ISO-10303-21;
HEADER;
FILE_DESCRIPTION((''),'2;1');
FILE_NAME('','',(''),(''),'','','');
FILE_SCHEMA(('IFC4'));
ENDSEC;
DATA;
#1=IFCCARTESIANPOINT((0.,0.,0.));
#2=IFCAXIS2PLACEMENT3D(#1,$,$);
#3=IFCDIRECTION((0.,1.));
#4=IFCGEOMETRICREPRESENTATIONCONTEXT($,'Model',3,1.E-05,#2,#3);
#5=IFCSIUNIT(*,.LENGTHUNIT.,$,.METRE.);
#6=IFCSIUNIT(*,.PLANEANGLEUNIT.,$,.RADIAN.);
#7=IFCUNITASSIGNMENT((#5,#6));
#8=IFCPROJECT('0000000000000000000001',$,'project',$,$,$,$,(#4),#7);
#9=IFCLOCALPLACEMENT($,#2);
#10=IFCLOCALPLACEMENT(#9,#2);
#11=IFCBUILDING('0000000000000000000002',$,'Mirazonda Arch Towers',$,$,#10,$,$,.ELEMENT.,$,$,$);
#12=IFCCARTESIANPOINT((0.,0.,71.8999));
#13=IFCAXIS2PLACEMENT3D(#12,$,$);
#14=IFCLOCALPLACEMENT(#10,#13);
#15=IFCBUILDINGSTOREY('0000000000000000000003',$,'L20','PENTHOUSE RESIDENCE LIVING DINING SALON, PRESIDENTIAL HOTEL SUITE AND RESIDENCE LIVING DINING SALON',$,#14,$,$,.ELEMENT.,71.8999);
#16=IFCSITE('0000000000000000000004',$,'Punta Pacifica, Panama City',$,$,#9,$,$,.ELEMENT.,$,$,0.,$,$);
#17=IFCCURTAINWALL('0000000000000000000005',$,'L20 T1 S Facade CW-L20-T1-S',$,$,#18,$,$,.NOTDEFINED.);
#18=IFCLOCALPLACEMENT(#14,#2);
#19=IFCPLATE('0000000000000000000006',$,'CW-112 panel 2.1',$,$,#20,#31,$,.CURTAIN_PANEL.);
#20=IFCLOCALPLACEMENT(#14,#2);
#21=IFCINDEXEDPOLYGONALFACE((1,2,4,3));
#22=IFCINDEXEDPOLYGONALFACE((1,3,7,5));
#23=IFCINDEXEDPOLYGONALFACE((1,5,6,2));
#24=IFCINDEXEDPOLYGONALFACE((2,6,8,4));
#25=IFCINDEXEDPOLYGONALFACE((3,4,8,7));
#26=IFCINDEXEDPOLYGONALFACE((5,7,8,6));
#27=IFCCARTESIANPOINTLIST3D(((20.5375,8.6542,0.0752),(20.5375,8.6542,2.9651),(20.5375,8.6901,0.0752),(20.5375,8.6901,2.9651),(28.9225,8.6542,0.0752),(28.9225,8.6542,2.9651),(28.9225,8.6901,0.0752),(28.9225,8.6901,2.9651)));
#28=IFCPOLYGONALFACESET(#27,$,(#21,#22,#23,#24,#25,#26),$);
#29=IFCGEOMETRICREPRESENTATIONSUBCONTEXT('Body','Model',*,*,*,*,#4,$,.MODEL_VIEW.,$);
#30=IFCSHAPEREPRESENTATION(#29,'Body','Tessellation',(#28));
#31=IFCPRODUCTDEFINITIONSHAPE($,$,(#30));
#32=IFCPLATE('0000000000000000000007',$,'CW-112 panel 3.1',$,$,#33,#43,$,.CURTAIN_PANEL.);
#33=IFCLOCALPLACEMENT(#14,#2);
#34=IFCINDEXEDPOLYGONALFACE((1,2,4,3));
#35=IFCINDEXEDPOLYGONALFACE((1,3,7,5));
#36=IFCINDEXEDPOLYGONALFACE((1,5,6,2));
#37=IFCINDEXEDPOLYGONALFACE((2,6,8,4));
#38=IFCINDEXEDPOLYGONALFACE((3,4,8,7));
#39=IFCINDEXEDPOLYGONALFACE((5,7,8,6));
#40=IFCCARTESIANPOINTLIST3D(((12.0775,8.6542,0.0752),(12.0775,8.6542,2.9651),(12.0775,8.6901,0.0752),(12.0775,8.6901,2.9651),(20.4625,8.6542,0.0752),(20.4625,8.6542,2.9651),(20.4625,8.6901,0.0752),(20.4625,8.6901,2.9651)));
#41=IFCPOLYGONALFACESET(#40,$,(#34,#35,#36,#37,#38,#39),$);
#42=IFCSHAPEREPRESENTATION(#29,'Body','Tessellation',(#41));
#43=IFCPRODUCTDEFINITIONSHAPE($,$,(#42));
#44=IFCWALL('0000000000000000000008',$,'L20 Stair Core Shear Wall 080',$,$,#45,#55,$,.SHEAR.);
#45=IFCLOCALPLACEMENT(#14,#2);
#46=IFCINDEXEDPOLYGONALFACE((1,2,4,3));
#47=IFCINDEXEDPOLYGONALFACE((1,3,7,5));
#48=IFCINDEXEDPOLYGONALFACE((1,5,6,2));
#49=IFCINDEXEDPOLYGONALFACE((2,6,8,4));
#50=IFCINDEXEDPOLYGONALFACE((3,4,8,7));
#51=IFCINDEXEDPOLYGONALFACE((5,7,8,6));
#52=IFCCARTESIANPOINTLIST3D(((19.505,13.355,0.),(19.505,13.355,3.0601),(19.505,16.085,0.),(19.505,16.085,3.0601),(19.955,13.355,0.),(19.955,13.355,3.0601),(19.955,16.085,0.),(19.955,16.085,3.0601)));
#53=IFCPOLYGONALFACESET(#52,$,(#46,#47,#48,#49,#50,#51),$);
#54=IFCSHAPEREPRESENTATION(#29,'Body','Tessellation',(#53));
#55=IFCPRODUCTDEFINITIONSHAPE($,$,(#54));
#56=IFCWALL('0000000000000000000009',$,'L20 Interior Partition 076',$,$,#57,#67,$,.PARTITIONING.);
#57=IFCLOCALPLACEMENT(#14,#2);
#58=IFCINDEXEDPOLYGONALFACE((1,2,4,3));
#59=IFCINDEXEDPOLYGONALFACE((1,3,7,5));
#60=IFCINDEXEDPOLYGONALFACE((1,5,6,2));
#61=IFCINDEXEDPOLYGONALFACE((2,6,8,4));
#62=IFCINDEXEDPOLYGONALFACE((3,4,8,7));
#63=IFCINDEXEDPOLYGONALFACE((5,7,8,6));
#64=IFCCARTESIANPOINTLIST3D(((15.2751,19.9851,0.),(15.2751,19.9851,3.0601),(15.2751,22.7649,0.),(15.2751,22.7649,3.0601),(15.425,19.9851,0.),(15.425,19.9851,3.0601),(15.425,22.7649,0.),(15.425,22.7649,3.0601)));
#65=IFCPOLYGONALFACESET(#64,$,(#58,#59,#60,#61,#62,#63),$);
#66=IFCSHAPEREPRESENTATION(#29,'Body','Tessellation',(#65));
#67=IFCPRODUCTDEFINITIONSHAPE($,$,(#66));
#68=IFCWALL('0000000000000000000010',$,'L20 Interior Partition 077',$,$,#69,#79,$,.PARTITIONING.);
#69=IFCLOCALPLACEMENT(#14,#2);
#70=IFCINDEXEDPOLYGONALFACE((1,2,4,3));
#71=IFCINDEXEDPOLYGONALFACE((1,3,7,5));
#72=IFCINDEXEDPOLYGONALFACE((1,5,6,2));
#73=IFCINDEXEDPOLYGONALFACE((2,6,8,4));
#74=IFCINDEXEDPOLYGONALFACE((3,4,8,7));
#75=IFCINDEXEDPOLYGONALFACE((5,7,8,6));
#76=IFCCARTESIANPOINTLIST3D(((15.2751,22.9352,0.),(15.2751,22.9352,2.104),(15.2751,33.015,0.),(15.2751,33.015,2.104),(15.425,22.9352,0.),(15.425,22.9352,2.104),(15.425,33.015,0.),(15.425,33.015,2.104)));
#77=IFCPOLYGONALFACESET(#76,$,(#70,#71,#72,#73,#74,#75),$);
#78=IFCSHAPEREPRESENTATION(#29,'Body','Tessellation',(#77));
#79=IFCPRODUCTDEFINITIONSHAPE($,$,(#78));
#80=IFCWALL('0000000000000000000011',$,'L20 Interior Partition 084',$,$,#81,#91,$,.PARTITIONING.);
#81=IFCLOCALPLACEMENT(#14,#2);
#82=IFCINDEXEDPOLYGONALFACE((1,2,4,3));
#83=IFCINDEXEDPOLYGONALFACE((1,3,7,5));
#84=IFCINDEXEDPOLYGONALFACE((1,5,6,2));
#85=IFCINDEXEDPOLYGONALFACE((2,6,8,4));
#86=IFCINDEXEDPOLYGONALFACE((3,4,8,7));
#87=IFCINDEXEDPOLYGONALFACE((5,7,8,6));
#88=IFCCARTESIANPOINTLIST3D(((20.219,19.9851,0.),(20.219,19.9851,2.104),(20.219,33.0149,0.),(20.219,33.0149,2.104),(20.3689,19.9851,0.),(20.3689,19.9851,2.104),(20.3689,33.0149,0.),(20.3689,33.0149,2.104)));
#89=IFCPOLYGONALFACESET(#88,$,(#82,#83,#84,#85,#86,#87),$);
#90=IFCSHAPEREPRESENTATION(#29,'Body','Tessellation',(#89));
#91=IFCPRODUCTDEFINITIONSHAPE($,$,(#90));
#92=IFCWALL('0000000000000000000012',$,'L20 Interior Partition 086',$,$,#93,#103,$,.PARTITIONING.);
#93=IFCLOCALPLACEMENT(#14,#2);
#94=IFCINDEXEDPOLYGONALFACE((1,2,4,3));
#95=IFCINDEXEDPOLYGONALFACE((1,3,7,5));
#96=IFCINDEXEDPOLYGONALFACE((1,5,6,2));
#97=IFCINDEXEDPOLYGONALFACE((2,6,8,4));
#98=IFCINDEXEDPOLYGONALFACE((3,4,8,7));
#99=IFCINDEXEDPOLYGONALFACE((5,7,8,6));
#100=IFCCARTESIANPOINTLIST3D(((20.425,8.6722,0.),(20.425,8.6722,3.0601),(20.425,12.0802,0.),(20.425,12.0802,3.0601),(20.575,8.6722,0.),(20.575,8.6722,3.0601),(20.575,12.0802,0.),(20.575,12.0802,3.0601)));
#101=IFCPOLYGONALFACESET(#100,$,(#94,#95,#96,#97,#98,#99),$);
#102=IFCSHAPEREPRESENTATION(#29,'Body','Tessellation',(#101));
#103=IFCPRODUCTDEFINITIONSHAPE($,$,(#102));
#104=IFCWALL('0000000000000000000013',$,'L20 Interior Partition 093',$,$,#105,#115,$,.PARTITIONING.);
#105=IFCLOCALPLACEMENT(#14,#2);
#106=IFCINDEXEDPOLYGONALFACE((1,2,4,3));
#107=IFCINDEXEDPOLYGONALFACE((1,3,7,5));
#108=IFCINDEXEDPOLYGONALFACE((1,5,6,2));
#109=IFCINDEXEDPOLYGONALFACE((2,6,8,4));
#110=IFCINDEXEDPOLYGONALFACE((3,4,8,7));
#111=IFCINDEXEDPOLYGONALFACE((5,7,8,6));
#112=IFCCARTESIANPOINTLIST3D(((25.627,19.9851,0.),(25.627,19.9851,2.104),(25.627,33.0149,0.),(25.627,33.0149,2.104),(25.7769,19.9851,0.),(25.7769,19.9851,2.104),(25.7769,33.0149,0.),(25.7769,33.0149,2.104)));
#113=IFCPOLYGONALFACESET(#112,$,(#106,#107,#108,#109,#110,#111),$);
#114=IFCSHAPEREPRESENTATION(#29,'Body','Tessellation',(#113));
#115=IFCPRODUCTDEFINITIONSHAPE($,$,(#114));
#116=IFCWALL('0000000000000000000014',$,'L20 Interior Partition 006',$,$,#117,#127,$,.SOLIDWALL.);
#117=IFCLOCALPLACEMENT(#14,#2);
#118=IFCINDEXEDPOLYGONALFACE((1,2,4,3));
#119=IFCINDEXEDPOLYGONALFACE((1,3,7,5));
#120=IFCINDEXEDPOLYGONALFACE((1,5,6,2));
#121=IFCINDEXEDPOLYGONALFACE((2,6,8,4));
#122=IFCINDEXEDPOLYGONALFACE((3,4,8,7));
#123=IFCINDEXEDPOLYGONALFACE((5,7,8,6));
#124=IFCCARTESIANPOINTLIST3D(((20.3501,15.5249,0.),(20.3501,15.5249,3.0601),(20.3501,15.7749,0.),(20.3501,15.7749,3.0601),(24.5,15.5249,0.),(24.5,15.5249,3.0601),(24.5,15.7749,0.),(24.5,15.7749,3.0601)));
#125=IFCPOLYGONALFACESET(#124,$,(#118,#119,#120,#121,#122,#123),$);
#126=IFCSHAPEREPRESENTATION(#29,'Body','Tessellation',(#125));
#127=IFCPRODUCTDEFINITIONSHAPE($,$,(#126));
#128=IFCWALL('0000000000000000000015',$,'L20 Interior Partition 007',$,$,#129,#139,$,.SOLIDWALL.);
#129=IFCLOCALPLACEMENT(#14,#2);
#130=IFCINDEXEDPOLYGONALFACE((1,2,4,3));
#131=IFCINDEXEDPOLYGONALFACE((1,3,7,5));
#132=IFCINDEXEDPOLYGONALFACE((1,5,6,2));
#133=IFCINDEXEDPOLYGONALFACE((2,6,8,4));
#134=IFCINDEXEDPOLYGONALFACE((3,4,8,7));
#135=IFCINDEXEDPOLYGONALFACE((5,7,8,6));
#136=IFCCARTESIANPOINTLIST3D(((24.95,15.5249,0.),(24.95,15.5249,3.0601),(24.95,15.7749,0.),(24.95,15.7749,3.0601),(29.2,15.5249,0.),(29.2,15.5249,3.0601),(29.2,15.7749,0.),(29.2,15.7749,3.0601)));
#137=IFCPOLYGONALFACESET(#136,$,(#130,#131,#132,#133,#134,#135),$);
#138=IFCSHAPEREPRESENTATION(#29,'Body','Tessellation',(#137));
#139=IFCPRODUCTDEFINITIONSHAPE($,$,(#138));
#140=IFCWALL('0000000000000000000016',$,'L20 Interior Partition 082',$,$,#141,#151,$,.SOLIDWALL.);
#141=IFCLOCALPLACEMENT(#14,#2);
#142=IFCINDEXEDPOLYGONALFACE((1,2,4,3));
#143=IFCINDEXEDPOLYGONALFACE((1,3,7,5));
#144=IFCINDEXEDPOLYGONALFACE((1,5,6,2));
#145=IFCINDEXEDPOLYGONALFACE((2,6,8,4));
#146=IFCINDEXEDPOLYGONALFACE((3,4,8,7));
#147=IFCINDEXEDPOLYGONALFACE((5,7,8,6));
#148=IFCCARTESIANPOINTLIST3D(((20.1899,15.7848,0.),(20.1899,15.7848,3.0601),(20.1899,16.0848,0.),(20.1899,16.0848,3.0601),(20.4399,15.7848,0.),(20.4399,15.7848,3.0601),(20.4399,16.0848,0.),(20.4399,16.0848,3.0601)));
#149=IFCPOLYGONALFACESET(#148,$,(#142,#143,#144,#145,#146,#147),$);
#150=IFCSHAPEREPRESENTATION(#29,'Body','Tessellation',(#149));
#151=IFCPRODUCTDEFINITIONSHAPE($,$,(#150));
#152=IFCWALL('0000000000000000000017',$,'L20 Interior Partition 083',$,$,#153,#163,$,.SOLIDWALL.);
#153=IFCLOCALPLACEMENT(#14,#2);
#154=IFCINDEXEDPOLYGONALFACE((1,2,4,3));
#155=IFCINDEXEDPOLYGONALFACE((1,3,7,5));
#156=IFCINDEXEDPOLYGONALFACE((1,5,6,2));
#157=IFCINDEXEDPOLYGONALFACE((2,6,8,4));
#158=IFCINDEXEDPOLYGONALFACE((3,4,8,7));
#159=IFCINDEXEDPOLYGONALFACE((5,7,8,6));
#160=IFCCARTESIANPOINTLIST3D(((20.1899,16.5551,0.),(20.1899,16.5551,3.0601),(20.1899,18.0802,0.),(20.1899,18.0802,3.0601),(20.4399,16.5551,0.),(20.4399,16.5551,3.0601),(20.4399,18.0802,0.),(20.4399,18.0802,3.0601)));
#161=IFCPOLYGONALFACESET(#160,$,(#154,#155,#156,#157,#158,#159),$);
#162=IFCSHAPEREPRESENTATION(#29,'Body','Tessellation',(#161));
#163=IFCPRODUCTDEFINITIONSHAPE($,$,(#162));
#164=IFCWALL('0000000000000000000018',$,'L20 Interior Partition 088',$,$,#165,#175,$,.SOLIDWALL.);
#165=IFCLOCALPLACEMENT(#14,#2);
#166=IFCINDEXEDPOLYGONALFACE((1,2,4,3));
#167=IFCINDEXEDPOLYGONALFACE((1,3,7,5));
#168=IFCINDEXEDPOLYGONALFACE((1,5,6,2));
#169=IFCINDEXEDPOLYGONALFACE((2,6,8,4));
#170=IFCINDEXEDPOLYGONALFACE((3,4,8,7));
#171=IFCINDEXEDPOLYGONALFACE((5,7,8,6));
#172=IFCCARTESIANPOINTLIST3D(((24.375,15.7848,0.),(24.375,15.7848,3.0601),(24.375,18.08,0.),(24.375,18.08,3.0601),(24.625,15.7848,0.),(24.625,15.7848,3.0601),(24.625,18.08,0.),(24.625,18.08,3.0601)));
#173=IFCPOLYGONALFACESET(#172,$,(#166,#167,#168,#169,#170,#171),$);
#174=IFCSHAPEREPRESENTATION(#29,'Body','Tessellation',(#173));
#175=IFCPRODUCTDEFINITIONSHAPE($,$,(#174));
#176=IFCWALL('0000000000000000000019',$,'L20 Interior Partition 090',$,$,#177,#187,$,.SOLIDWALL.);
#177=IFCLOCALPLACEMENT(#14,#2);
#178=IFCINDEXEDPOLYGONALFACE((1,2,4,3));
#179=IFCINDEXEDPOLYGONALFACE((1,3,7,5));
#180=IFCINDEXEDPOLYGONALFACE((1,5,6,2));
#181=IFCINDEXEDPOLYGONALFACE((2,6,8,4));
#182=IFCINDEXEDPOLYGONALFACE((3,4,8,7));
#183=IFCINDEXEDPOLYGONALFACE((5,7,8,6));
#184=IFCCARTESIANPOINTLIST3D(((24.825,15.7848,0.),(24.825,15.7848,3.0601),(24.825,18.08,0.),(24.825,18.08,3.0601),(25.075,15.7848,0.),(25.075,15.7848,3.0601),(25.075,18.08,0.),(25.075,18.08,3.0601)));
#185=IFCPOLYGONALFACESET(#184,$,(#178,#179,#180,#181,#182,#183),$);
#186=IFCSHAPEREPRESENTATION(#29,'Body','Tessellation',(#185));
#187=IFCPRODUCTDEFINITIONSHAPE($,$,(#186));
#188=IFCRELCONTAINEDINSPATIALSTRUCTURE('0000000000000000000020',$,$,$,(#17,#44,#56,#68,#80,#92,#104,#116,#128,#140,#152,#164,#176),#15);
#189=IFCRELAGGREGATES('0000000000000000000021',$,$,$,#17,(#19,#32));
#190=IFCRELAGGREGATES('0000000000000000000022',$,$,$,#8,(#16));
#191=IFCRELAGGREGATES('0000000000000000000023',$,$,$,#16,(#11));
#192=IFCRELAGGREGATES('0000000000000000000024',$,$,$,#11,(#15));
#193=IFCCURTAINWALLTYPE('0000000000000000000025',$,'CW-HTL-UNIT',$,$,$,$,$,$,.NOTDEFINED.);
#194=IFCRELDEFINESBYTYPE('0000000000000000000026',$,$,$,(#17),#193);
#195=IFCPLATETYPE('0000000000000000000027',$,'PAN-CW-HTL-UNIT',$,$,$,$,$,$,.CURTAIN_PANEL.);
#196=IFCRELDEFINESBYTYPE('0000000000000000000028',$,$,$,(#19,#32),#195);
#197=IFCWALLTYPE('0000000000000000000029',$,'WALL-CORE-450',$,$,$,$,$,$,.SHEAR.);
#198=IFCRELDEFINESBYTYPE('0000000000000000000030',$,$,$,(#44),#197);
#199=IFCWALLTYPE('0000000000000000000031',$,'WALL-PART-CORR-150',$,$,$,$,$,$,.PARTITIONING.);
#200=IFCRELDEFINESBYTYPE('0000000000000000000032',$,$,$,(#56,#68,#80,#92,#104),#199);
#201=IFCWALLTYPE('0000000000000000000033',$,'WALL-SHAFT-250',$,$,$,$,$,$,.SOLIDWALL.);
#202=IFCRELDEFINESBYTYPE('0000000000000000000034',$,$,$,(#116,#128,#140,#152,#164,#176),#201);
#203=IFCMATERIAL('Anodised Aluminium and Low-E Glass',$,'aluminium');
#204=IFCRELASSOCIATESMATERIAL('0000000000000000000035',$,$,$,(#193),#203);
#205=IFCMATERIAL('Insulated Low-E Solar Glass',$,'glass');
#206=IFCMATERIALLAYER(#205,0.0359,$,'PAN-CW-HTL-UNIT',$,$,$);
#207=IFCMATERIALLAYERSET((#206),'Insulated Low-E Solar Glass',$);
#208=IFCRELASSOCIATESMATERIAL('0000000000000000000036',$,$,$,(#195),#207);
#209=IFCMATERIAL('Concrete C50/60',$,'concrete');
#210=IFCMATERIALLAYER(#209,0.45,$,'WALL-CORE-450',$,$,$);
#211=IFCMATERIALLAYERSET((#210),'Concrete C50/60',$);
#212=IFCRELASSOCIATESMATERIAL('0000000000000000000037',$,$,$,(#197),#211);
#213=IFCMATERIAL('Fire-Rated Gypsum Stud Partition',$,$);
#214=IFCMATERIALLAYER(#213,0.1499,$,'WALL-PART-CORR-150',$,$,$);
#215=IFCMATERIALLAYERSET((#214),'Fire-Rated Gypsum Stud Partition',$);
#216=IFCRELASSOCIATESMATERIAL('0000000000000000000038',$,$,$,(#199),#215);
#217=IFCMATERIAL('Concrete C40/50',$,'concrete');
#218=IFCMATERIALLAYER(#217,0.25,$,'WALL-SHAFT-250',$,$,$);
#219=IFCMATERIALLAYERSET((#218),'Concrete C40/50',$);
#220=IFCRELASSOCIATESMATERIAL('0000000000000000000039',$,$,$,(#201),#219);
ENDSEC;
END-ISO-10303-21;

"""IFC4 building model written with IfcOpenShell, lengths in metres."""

from ifc_helpers import new_model, si_unit, direction, frame, frame_2d, origin, origin_2d, place, context, subcontext, project, spatial, rectangle, extrude, material, layer, layer_set, type_object, element, aggregate, save


model = new_model("IFC4")

# Units and contexts
model_context = context("Model", 3, precision=1e-05, world=origin(), true_north=direction((0.0, 1.0)))
body_context = subcontext(model_context, "Body", "Model", "MODEL_VIEW")
ifc_project = project(units=[si_unit("LENGTHUNIT", "METRE"), si_unit("PLANEANGLEUNIT", "RADIAN")], contexts=[model_context])

# Site, building, storey
site_placement = place(None, origin())
site = spatial("IfcSite", under=ifc_project, at=site_placement, Name="Punta Pacifica, Panama City", CompositionType="ELEMENT", RefElevation=0.0)
building_placement = place(site_placement, origin())
building = spatial("IfcBuilding", under=site, at=building_placement, Name="Mirazonda Arch Towers", CompositionType="ELEMENT")
storey_placement = place(building_placement, frame((0.0, 0.0, 71.8999)))
storey = spatial("IfcBuildingStorey", under=building, at=storey_placement, Name="L20", Description="PENTHOUSE RESIDENCE LIVING DINING SALON, PRESIDENTIAL HOTEL SUITE AND RESIDENCE LIVING DINING SALON", CompositionType="ELEMENT", Elevation=71.8999)

# Curtain wall, plates
ifc_material_1 = material(Name="Anodised Aluminium and Low-E Glass", Category="aluminium")
curtain_wall_type = type_object("IfcCurtainWallType", Name="CW-HTL-UNIT", PredefinedType="NOTDEFINED", material=ifc_material_1)
curtain_wall_placement = place(storey_placement, origin())
curtain_wall = element("IfcCurtainWall", 1, at=curtain_wall_placement, inside=storey, type_object=curtain_wall_type, Name="L20 T1 S Facade CW-L20-T1-S", PredefinedType="NOTDEFINED")
ifc_material_2 = material(Name="Insulated Low-E Solar Glass", Category="glass")
ifc_layer_1 = layer(ifc_material_2, 0.0359, Name="PAN-CW-HTL-UNIT")
ifc_layer_set_1 = layer_set([ifc_layer_1], Name="Insulated Low-E Solar Glass")
plate_type = type_object("IfcPlateType", Name="PAN-CW-HTL-UNIT", PredefinedType="CURTAIN_PANEL", material=ifc_layer_set_1)
plate_1_placement = place(storey_placement, frame((24.73, 8.6721, 0.0752), z_axis=(0.0, 0.0, 1.0), x_axis=(-1.0, 0.0, 0.0)))
plate_1 = element("IfcPlate", 2, at=plate_1_placement, type_object=plate_type, Name="CW-112 panel 2.1", PredefinedType="CURTAIN_PANEL", context=body_context, shape_type="SweptSolid", body=[
    extrude(rectangle(XDim=8.385, YDim=0.0359, at=origin_2d()), origin(), (0.0, 0.0, 1.0), 2.8899),
])
plate_2_placement = place(storey_placement, frame((16.27, 8.6721, 0.0752), z_axis=(0.0, 0.0, 1.0), x_axis=(-1.0, 0.0, 0.0)))
plate_2 = element("IfcPlate", 3, at=plate_2_placement, type_object=plate_type, Name="CW-112 panel 3.1", PredefinedType="CURTAIN_PANEL", context=body_context, shape_type="SweptSolid", body=[
    extrude(rectangle(XDim=8.385, YDim=0.0359, at=origin_2d()), origin(), (0.0, 0.0, 1.0), 2.8899),
])
aggregate(curtain_wall, [plate_1, plate_2])

# Walls
ifc_material_3 = material(Name="Concrete C50/60", Category="concrete")
ifc_layer_2 = layer(ifc_material_3, 0.45, Name="WALL-CORE-450")
ifc_layer_set_2 = layer_set([ifc_layer_2], Name="Concrete C50/60")
wall_type_1 = type_object("IfcWallType", Name="WALL-CORE-450", PredefinedType="SHEAR", material=ifc_layer_set_2)
wall_1_placement = place(storey_placement, frame((19.73, 13.355, 0.0), z_axis=(0.0, 0.0, 1.0), x_axis=(0.0, 1.0, 0.0)))
element("IfcWall", 4, at=wall_1_placement, inside=storey, type_object=wall_type_1, Name="L20 Stair Core Shear Wall 080", PredefinedType="SHEAR", context=body_context, shape_type="SweptSolid", body=[
    extrude(rectangle(XDim=2.73, YDim=0.45, at=frame_2d((1.365, 0.0))), origin(), (0.0, 0.0, 1.0), 3.0601),
])
ifc_material_4 = material(Name="Fire-Rated Gypsum Stud Partition")
ifc_layer_3 = layer(ifc_material_4, 0.1499, Name="WALL-PART-CORR-150")
ifc_layer_set_3 = layer_set([ifc_layer_3], Name="Fire-Rated Gypsum Stud Partition")
wall_type_2 = type_object("IfcWallType", Name="WALL-PART-CORR-150", PredefinedType="PARTITIONING", material=ifc_layer_set_3)
wall_2_placement = place(storey_placement, frame((15.3501, 19.9851, 0.0), z_axis=(0.0, 0.0, 1.0), x_axis=(0.0, 1.0, 0.0)))
element("IfcWall", 5, at=wall_2_placement, inside=storey, type_object=wall_type_2, Name="L20 Interior Partition 076", PredefinedType="PARTITIONING", context=body_context, shape_type="SweptSolid", body=[
    extrude(rectangle(XDim=2.7798, YDim=0.1499, at=frame_2d((1.3899, 0.0))), origin(), (0.0, 0.0, 1.0), 3.0601),
])
wall_3_placement = place(storey_placement, frame((15.3501, 22.9351, 0.0), z_axis=(0.0, 0.0, 1.0), x_axis=(0.0, 1.0, 0.0)))
element("IfcWall", 6, at=wall_3_placement, inside=storey, type_object=wall_type_2, Name="L20 Interior Partition 077", PredefinedType="PARTITIONING", context=body_context, shape_type="SweptSolid", body=[
    extrude(rectangle(XDim=10.0798, YDim=0.1499, at=frame_2d((5.04, 0.0))), origin(), (0.0, 0.0, 1.0), 2.104),
])
wall_4_placement = place(storey_placement, frame((20.2939, 19.9851, 0.0), z_axis=(0.0, 0.0, 1.0), x_axis=(0.0, 1.0, 0.0)))
element("IfcWall", 7, at=wall_4_placement, inside=storey, type_object=wall_type_2, Name="L20 Interior Partition 084", PredefinedType="PARTITIONING", context=body_context, shape_type="SweptSolid", body=[
    extrude(rectangle(XDim=13.0298, YDim=0.1499, at=frame_2d((6.5149, 0.0))), origin(), (0.0, 0.0, 1.0), 2.104),
])
wall_5_placement = place(storey_placement, frame((20.5, 8.6721, 0.0), z_axis=(0.0, 0.0, 1.0), x_axis=(0.0, 1.0, 0.0)))
element("IfcWall", 8, at=wall_5_placement, inside=storey, type_object=wall_type_2, Name="L20 Interior Partition 086", PredefinedType="PARTITIONING", context=body_context, shape_type="SweptSolid", body=[
    extrude(rectangle(XDim=3.408, YDim=0.1499, at=frame_2d((1.7041, 0.0))), origin(), (0.0, 0.0, 1.0), 3.0601),
])
wall_6_placement = place(storey_placement, frame((25.7019, 19.9851, 0.0), z_axis=(0.0, 0.0, 1.0), x_axis=(0.0, 1.0, 0.0)))
element("IfcWall", 9, at=wall_6_placement, inside=storey, type_object=wall_type_2, Name="L20 Interior Partition 093", PredefinedType="PARTITIONING", context=body_context, shape_type="SweptSolid", body=[
    extrude(rectangle(XDim=13.0298, YDim=0.1499, at=frame_2d((6.5149, 0.0))), origin(), (0.0, 0.0, 1.0), 2.104),
])
ifc_material_5 = material(Name="Concrete C40/50", Category="concrete")
ifc_layer_4 = layer(ifc_material_5, 0.25, Name="WALL-SHAFT-250")
ifc_layer_set_4 = layer_set([ifc_layer_4], Name="Concrete C40/50")
wall_type_3 = type_object("IfcWallType", Name="WALL-SHAFT-250", PredefinedType="SOLIDWALL", material=ifc_layer_set_4)
wall_7_placement = place(storey_placement, frame((20.3501, 15.6499, 0.0), z_axis=(0.0, 0.0, 1.0), x_axis=(1.0, 0.0, 0.0)))
element("IfcWall", 10, at=wall_7_placement, inside=storey, type_object=wall_type_3, Name="L20 Interior Partition 006", PredefinedType="SOLIDWALL", context=body_context, shape_type="SweptSolid", body=[
    extrude(rectangle(XDim=4.1499, YDim=0.25, at=frame_2d((2.075, 0.0))), origin(), (0.0, 0.0, 1.0), 3.0601),
])
wall_8_placement = place(storey_placement, frame((24.95, 15.6499, 0.0), z_axis=(0.0, 0.0, 1.0), x_axis=(1.0, 0.0, 0.0)))
element("IfcWall", 11, at=wall_8_placement, inside=storey, type_object=wall_type_3, Name="L20 Interior Partition 007", PredefinedType="SOLIDWALL", context=body_context, shape_type="SweptSolid", body=[
    extrude(rectangle(XDim=4.25, YDim=0.25, at=frame_2d((2.125, 0.0))), origin(), (0.0, 0.0, 1.0), 3.0601),
])
wall_9_placement = place(storey_placement, frame((20.3149, 15.7849, 0.0), z_axis=(0.0, 0.0, 1.0), x_axis=(0.0, 1.0, 0.0)))
element("IfcWall", 12, at=wall_9_placement, inside=storey, type_object=wall_type_3, Name="L20 Interior Partition 082", PredefinedType="SOLIDWALL", context=body_context, shape_type="SweptSolid", body=[
    extrude(rectangle(XDim=0.3, YDim=0.25, at=frame_2d((0.1499, 0.0))), origin(), (0.0, 0.0, 1.0), 3.0601),
])
wall_10_placement = place(storey_placement, frame((20.3149, 16.5549, 0.0), z_axis=(0.0, 0.0, 1.0), x_axis=(0.0, 1.0, 0.0)))
element("IfcWall", 13, at=wall_10_placement, inside=storey, type_object=wall_type_3, Name="L20 Interior Partition 083", PredefinedType="SOLIDWALL", context=body_context, shape_type="SweptSolid", body=[
    extrude(rectangle(XDim=1.5251, YDim=0.25, at=frame_2d((0.7627, 0.0))), origin(), (0.0, 0.0, 1.0), 3.0601),
])
for number, where, z_axis, x_axis, name in (
    (14, (24.5, 15.7849, 0.0), (0.0, 0.0, 1.0), (0.0, 1.0, 0.0), "L20 Interior Partition 088"),
    (15, (24.95, 15.7849, 0.0), (0.0, 0.0, 1.0), (0.0, 1.0, 0.0), "L20 Interior Partition 090"),
):
    element("IfcWall", number, at=place(storey_placement, frame(where, z_axis=z_axis, x_axis=x_axis)), inside=storey, type_object=wall_type_3, Name=name, PredefinedType="SOLIDWALL", context=body_context, shape_type="SweptSolid", body=[
        extrude(rectangle(XDim=2.2952, YDim=0.25, at=frame_2d((1.1475, 0.0))), origin(), (0.0, 0.0, 1.0), 3.0601),
    ])

save(model, "model.ifc")
